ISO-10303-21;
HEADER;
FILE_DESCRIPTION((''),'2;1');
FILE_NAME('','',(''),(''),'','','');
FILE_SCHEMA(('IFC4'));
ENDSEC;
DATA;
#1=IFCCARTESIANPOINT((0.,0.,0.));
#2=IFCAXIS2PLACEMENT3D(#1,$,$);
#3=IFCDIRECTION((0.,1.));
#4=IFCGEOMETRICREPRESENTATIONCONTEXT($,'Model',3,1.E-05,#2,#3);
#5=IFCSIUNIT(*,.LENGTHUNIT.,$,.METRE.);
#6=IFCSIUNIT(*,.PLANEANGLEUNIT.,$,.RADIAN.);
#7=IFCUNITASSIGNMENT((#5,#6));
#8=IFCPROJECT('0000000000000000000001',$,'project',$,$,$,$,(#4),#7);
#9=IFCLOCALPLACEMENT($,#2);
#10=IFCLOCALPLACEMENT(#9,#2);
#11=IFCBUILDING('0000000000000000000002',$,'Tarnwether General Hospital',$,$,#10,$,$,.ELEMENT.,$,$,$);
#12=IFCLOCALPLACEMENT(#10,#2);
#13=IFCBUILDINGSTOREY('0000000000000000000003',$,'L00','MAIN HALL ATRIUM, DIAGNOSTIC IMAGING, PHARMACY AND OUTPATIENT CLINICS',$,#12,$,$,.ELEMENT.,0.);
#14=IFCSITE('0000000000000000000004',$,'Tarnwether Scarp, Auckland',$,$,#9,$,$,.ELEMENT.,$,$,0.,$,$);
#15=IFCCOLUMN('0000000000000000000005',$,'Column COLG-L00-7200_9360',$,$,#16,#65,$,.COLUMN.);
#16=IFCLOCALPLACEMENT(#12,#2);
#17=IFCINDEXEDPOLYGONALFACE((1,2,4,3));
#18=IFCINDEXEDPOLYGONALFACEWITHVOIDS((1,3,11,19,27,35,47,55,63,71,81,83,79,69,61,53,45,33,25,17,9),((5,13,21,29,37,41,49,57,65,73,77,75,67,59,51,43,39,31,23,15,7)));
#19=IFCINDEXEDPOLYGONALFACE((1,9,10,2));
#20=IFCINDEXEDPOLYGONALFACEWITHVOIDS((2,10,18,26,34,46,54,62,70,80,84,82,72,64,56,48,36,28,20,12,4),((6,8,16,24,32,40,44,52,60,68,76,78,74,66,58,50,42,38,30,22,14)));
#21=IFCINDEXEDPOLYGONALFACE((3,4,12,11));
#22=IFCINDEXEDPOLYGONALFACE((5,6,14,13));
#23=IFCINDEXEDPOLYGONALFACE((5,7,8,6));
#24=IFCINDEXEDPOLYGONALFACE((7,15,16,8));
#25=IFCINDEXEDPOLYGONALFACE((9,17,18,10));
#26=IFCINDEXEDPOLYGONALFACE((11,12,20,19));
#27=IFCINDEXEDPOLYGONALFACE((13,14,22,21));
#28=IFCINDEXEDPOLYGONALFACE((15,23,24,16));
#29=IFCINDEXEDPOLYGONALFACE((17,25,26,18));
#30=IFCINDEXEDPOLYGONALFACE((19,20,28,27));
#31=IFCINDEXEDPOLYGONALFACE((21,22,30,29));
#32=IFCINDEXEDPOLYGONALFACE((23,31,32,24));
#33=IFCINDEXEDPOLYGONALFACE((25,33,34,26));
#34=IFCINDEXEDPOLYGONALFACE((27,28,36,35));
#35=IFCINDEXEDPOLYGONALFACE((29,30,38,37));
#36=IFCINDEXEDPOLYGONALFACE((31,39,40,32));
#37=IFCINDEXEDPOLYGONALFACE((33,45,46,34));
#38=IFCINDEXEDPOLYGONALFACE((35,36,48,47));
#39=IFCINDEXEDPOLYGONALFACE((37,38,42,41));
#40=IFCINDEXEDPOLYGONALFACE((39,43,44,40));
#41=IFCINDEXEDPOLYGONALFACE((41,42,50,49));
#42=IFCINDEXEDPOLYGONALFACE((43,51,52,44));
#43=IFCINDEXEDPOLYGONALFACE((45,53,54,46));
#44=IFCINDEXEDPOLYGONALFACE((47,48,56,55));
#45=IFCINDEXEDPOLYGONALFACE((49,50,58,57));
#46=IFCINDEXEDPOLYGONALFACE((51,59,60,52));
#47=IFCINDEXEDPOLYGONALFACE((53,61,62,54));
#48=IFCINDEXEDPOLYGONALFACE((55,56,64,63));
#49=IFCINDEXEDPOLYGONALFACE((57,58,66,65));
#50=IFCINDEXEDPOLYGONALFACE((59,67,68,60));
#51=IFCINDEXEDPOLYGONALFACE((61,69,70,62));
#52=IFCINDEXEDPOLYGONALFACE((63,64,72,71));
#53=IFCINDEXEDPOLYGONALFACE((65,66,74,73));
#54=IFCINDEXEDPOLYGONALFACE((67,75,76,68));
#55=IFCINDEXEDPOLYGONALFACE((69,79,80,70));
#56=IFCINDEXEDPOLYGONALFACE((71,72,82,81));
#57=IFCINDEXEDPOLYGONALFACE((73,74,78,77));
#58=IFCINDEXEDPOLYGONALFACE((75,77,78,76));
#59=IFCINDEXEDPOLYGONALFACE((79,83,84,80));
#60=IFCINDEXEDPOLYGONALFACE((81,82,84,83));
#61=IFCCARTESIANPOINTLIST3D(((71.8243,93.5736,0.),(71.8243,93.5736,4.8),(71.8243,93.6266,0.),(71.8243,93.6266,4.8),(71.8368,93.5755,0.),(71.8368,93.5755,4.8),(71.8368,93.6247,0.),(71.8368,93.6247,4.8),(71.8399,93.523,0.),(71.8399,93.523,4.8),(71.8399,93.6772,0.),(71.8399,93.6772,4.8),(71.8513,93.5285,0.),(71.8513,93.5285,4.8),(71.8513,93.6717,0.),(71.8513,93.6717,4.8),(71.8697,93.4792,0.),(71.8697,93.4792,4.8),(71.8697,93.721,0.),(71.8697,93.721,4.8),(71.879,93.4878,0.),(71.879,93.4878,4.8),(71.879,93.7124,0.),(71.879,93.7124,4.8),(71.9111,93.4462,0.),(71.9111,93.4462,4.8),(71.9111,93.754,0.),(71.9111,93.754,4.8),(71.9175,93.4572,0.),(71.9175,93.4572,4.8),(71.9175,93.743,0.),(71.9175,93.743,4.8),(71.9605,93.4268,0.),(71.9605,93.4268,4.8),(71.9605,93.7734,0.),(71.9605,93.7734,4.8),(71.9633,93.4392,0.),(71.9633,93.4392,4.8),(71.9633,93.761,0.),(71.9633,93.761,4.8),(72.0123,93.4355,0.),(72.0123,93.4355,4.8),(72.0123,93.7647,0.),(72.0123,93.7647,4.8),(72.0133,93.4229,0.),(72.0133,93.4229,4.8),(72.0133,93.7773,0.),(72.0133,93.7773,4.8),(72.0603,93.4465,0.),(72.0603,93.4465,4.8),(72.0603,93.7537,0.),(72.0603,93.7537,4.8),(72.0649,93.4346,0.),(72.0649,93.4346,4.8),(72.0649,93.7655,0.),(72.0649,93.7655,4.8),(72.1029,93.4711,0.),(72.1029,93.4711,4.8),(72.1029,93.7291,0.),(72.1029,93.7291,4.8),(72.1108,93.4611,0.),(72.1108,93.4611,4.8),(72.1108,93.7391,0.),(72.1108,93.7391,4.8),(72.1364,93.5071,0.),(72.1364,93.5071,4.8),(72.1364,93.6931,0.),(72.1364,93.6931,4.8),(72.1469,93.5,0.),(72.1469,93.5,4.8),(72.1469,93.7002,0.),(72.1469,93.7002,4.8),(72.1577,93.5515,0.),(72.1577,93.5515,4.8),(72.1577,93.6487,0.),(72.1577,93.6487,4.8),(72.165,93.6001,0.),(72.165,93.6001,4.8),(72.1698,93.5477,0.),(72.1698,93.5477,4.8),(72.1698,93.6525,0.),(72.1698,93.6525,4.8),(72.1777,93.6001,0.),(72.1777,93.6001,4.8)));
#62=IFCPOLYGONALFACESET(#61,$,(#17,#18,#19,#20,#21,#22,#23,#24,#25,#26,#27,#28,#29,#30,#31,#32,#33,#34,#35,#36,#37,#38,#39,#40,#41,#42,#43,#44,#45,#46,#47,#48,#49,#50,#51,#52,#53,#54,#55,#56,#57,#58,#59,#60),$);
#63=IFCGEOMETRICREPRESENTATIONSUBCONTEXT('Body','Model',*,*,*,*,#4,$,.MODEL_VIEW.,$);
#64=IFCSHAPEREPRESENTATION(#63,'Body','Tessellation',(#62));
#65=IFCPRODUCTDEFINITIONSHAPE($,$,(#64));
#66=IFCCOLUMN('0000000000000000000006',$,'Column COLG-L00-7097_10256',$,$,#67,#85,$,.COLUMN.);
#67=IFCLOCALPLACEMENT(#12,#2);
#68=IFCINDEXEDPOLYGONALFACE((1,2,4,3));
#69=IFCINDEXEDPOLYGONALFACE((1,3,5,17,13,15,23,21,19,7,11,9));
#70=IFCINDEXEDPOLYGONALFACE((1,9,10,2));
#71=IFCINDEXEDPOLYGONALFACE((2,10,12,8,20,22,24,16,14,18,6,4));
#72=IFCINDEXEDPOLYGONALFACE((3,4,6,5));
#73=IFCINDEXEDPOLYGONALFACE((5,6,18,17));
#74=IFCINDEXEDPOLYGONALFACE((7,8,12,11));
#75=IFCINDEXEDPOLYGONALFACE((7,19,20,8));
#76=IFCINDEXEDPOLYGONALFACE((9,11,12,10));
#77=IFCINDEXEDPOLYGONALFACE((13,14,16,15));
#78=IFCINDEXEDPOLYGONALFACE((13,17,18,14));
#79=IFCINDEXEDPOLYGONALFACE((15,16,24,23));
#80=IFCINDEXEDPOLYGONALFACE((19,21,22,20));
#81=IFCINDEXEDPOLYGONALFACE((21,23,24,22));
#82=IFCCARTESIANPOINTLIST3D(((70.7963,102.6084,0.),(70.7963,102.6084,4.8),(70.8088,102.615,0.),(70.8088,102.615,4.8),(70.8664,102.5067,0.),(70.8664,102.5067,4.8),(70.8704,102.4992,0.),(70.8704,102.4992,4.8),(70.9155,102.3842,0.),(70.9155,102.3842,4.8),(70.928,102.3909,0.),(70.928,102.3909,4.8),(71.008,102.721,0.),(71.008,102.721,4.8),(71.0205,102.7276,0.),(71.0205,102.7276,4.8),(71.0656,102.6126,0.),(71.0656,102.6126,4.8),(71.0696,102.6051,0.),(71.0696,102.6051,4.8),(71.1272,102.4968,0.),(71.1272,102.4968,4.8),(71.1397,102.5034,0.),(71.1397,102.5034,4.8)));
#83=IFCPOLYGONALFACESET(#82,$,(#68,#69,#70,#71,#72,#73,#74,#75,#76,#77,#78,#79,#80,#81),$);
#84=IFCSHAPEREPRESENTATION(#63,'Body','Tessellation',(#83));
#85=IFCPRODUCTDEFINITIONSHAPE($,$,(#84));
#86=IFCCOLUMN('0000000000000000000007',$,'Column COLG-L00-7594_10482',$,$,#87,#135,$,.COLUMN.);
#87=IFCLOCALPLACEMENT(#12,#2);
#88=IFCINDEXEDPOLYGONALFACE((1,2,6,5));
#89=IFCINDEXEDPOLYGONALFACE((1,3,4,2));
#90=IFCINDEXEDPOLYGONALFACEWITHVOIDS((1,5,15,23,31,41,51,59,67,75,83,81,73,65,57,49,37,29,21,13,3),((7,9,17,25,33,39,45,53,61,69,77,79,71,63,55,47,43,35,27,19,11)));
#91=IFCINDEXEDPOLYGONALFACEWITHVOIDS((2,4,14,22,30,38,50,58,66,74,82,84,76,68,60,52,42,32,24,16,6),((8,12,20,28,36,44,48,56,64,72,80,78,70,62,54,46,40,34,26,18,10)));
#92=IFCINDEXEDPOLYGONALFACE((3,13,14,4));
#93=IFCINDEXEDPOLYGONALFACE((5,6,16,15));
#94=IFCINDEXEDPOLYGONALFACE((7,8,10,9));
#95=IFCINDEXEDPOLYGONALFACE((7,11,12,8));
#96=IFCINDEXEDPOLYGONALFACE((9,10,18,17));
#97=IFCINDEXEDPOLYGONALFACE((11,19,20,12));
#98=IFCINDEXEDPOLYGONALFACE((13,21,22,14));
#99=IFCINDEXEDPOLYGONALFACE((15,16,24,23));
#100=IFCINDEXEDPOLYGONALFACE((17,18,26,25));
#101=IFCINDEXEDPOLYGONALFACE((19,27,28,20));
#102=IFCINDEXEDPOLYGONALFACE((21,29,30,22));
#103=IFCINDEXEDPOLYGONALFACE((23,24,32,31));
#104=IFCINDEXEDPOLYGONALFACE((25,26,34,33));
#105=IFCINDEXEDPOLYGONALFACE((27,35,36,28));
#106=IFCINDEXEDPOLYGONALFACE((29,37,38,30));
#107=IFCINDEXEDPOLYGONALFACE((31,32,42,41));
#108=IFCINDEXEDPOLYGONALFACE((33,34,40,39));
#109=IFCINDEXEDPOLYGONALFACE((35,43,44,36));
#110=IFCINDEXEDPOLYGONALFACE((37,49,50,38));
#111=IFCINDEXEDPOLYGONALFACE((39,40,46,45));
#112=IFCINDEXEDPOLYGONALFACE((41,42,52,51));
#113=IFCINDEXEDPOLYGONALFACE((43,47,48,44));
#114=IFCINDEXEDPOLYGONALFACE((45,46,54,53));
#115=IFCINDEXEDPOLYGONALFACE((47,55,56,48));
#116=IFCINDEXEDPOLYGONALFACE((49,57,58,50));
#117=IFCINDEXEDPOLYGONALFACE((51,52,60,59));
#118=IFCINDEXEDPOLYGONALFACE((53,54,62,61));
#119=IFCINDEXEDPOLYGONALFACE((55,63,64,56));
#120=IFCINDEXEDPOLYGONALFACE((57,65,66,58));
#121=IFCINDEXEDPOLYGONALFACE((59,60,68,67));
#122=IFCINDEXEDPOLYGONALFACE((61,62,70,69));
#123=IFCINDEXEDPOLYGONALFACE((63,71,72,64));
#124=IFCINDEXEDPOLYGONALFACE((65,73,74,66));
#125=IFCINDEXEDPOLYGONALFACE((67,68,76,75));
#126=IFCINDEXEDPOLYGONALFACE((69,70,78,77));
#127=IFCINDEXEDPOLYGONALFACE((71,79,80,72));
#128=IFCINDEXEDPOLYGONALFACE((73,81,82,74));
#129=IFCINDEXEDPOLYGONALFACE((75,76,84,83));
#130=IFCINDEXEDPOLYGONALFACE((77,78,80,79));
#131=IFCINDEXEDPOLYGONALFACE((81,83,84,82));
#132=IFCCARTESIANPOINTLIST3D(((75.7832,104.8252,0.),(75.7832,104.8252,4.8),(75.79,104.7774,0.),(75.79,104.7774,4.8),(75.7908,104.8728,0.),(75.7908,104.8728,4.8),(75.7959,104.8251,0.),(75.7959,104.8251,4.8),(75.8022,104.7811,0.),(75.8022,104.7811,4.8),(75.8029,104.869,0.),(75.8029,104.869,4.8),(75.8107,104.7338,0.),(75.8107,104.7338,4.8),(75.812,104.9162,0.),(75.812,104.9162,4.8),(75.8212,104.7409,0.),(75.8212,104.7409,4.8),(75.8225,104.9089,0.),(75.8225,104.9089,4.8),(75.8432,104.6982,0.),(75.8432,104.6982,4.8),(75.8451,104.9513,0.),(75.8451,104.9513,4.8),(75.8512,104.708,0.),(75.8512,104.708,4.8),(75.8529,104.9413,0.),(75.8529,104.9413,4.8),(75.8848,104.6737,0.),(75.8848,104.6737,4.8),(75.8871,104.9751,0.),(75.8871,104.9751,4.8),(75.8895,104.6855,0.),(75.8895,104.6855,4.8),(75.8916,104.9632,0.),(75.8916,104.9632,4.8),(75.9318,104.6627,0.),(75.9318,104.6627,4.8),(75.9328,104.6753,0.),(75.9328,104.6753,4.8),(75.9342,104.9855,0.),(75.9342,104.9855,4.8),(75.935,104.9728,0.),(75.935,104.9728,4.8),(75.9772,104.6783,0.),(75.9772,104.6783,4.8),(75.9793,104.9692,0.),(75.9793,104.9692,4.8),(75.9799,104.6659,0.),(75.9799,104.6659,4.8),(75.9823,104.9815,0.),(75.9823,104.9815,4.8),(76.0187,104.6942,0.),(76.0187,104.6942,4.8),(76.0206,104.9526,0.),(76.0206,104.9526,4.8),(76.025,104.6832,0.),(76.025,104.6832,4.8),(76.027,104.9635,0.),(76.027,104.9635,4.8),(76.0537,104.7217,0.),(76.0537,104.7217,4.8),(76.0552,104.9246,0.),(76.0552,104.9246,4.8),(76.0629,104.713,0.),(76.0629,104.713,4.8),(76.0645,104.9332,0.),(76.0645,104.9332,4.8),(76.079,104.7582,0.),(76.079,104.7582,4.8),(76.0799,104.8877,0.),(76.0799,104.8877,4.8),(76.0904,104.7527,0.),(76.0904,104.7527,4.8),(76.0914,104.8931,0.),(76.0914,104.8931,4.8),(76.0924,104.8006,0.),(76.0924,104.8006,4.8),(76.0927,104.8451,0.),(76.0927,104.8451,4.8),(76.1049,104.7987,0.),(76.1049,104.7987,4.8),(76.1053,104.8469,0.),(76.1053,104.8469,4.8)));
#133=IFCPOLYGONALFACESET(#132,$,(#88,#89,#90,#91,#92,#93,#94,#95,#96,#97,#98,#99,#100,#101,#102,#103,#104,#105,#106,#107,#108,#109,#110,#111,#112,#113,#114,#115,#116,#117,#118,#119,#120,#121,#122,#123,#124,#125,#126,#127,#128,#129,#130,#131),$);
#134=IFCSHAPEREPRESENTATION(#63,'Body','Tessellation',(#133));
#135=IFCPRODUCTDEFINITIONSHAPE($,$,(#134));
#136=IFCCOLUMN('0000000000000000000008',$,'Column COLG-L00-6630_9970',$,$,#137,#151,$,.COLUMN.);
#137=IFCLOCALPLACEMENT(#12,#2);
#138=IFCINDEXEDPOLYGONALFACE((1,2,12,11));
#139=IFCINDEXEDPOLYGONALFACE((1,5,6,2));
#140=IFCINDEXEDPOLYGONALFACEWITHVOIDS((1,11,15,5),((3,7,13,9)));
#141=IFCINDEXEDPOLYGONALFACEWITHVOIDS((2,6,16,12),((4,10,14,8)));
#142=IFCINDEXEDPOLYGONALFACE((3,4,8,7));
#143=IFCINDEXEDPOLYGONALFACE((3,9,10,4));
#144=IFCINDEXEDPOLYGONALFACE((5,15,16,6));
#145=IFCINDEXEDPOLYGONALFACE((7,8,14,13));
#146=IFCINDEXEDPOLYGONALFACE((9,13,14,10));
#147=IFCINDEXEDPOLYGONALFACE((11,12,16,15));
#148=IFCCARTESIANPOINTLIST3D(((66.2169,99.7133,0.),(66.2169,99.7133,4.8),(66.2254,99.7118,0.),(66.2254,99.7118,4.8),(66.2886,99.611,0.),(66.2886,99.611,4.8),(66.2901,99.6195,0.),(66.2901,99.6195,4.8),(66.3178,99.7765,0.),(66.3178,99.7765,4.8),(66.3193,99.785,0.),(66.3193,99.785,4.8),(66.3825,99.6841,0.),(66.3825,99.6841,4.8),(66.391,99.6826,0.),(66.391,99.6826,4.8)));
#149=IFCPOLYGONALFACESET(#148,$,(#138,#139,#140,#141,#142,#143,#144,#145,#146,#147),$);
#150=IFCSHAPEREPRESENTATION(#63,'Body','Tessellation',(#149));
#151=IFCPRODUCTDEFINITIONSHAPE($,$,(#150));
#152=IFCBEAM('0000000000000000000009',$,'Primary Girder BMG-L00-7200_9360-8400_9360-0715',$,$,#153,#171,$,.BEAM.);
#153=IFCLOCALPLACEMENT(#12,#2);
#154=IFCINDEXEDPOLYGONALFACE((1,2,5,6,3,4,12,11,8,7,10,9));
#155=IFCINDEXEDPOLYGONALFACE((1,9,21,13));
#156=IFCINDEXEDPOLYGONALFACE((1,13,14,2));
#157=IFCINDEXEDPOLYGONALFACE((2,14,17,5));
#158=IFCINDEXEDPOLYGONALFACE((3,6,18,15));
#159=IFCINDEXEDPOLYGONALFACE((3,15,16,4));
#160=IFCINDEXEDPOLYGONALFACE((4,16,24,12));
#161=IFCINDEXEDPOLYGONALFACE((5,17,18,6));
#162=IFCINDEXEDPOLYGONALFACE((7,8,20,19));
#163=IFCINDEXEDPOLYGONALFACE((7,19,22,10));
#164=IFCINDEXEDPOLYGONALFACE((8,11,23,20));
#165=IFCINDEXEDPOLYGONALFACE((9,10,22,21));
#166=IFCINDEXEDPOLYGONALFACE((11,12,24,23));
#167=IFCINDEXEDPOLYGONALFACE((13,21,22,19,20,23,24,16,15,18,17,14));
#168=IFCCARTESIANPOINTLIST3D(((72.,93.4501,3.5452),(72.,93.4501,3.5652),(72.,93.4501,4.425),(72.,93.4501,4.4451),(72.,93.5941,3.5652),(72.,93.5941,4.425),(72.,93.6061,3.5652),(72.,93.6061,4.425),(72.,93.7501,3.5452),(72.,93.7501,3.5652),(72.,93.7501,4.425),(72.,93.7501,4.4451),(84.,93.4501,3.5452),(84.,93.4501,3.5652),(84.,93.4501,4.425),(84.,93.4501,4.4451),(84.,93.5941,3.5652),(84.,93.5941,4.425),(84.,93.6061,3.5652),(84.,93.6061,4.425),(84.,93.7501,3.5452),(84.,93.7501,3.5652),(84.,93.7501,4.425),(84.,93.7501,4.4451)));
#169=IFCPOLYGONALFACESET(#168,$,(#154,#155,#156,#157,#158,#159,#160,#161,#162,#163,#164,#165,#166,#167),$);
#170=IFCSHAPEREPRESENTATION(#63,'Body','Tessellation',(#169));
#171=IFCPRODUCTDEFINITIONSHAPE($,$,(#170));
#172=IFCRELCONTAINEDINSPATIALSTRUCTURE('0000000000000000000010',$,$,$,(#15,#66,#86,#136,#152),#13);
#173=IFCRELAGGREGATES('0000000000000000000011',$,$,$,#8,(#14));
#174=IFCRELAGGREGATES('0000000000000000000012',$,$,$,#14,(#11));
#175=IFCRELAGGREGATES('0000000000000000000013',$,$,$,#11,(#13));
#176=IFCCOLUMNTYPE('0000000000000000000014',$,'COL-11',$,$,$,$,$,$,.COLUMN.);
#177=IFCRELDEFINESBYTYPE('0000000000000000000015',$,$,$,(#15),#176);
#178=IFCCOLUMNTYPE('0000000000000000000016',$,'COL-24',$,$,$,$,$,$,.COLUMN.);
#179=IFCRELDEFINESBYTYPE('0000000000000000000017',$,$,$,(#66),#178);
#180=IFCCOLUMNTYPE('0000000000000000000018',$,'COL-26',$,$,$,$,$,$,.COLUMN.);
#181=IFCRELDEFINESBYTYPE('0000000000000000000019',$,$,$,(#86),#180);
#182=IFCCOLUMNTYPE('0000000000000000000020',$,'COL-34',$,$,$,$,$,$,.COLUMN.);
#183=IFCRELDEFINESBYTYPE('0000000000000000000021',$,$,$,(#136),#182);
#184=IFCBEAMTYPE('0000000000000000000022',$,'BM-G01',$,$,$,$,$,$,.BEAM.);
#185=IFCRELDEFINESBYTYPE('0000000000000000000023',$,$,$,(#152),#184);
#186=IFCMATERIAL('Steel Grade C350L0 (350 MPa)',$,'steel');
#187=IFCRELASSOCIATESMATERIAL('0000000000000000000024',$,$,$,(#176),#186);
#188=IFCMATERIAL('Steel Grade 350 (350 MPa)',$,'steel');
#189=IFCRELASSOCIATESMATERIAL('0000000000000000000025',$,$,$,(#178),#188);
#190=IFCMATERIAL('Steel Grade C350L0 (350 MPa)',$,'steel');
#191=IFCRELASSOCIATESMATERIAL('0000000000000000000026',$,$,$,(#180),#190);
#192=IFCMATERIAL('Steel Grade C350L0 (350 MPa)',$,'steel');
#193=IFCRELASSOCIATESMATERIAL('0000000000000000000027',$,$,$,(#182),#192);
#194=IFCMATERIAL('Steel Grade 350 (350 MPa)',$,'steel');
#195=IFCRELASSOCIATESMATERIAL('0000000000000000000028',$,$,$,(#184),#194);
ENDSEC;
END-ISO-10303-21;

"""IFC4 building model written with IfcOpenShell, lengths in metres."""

from ifc_helpers import new_model, si_unit, direction, frame, origin, origin_2d, place, context, subcontext, project, spatial, hollow_rectangle, hollow_circle, i_section, extrude, material, material_profile, profile_set, type_object, element, save


model = new_model("IFC4")

# Units and contexts
model_context = context("Model", 3, precision=1e-05, world=origin(), true_north=direction((0.0, 1.0)))
body_context = subcontext(model_context, "Body", "Model", "MODEL_VIEW")
ifc_project = project(units=[si_unit("LENGTHUNIT", "METRE"), si_unit("PLANEANGLEUNIT", "RADIAN")], contexts=[model_context])

# Site, building, storey
site_placement = place(None, origin())
site = spatial("IfcSite", under=ifc_project, at=site_placement, Name="Tarnwether Scarp, Auckland", CompositionType="ELEMENT", RefElevation=0.0)
building_placement = place(site_placement, origin())
building = spatial("IfcBuilding", under=site, at=building_placement, Name="Tarnwether General Hospital", CompositionType="ELEMENT")
storey_placement = place(building_placement, origin())
storey = spatial("IfcBuildingStorey", under=building, at=storey_placement, Name="L00", Description="MAIN HALL ATRIUM, DIAGNOSTIC IMAGING, PHARMACY AND OUTPATIENT CLINICS", CompositionType="ELEMENT", Elevation=0.0)

# Columns
ifc_material_1 = material(Name="Steel Grade C350L0 (350 MPa)", Category="steel")
ifc_material_profile_1 = material_profile(ifc_material_1, hollow_circle(Radius=0.1777, WallThickness=0.0127, at=origin_2d()), Name="CHS355.6x12.7")
ifc_profile_set_1 = profile_set([ifc_material_profile_1], Name="Steel Grade C350L0 (350 MPa)")
column_type_1 = type_object("IfcColumnType", Name="COL-11", PredefinedType="COLUMN", material=ifc_profile_set_1)
column_1_placement = place(storey_placement, frame((72.0, 93.6001, 0.0), z_axis=(0.0, 0.0, 1.0), x_axis=(1.0, 0.0, 0.0)))
element("IfcColumn", 1, at=column_1_placement, inside=storey, type_object=column_type_1, Name="Column COLG-L00-7200_9360", PredefinedType="COLUMN", context=body_context, shape_type="SweptSolid", body=[
    extrude(hollow_circle(Radius=0.1777, WallThickness=0.0127, at=origin_2d()), origin(), (0.0, 0.0, 1.0), 4.8),
])
ifc_material_2 = material(Name="Steel Grade 350 (350 MPa)", Category="steel")
ifc_material_profile_2 = material_profile(ifc_material_2, i_section(OverallWidth=0.2539, OverallDepth=0.2539, WebThickness=0.0085, FlangeThickness=0.0142, at=origin_2d()), Name="250UC72.9")
ifc_profile_set_2 = profile_set([ifc_material_profile_2], Name="Steel Grade 350 (350 MPa)")
column_type_2 = type_object("IfcColumnType", Name="COL-24", PredefinedType="COLUMN", material=ifc_profile_set_2)
column_2_placement = place(storey_placement, frame((70.968, 102.5559, 0.0), z_axis=(0.0, 0.0, 1.0), x_axis=(-0.469472, 0.882948, 0.0)))
element("IfcColumn", 2, at=column_2_placement, inside=storey, type_object=column_type_2, Name="Column COLG-L00-7097_10256", PredefinedType="COLUMN", context=body_context, shape_type="SweptSolid", body=[
    extrude(i_section(OverallWidth=0.2539, OverallDepth=0.2539, WebThickness=0.0085, FlangeThickness=0.0142, at=origin_2d()), origin(), (0.0, 0.0, 1.0), 4.8),
])
ifc_material_3 = material(Name="Steel Grade C350L0 (350 MPa)", Category="steel")
ifc_material_profile_3 = material_profile(ifc_material_3, hollow_circle(Radius=0.1619, WallThickness=0.0127, at=origin_2d()), Name="CHS323.9x12.7")
ifc_profile_set_3 = profile_set([ifc_material_profile_3], Name="Steel Grade C350L0 (350 MPa)")
column_type_3 = type_object("IfcColumnType", Name="COL-26", PredefinedType="COLUMN", material=ifc_profile_set_3)
column_3_placement = place(storey_placement, frame((75.9451, 104.824, 0.0), z_axis=(0.0, 0.0, 1.0), x_axis=(-0.358368, 0.93358, 0.0)))
element("IfcColumn", 3, at=column_3_placement, inside=storey, type_object=column_type_3, Name="Column COLG-L00-7594_10482", PredefinedType="COLUMN", context=body_context, shape_type="SweptSolid", body=[
    extrude(hollow_circle(Radius=0.1619, WallThickness=0.0127, at=origin_2d()), origin(), (0.0, 0.0, 1.0), 4.8),
])
ifc_material_4 = material(Name="Steel Grade C350L0 (350 MPa)", Category="steel")
ifc_material_profile_4 = material_profile(ifc_material_4, hollow_rectangle(XDim=0.125, YDim=0.125, WallThickness=0.0061, at=origin_2d()), Name="SHS125x125x6")
ifc_profile_set_4 = profile_set([ifc_material_profile_4], Name="Steel Grade C350L0 (350 MPa)")
column_type_4 = type_object("IfcColumnType", Name="COL-34", PredefinedType="COLUMN", material=ifc_profile_set_4)
column_4_placement = place(storey_placement, frame((66.304, 99.698, 0.0), z_axis=(0.0, 0.0, 1.0), x_axis=(-0.573576, 0.819152, 0.0)))
element("IfcColumn", 4, at=column_4_placement, inside=storey, type_object=column_type_4, Name="Column COLG-L00-6630_9970", PredefinedType="COLUMN", context=body_context, shape_type="SweptSolid", body=[
    extrude(hollow_rectangle(XDim=0.125, YDim=0.125, WallThickness=0.0061, at=origin_2d()), origin(), (0.0, 0.0, 1.0), 4.8),
])

# Beam
ifc_material_5 = material(Name="Steel Grade 350 (350 MPa)", Category="steel")
ifc_material_profile_5 = material_profile(ifc_material_5, i_section(OverallWidth=0.3, OverallDepth=0.8999, WebThickness=0.012, FlangeThickness=0.02, at=origin_2d()), Name="900WB175")
ifc_profile_set_5 = profile_set([ifc_material_profile_5], Name="Steel Grade 350 (350 MPa)")
beam_type_1 = type_object("IfcBeamType", Name="BM-G01", PredefinedType="BEAM", material=ifc_profile_set_5)
beam_1_placement = place(storey_placement, frame((72.0, 93.6001, 3.9951), z_axis=(1.0, 0.0, 0.0), x_axis=(0.0, 1.0, 0.0)))
element("IfcBeam", 5, at=beam_1_placement, inside=storey, type_object=beam_type_1, Name="Primary Girder BMG-L00-7200_9360-8400_9360-0715", PredefinedType="BEAM", context=body_context, shape_type="SweptSolid", body=[
    extrude(i_section(OverallWidth=0.3, OverallDepth=0.8999, WebThickness=0.012, FlangeThickness=0.02, at=origin_2d()), origin(), (0.0, 0.0, 1.0), 12.0),
])

save(model, "model.ifc")
